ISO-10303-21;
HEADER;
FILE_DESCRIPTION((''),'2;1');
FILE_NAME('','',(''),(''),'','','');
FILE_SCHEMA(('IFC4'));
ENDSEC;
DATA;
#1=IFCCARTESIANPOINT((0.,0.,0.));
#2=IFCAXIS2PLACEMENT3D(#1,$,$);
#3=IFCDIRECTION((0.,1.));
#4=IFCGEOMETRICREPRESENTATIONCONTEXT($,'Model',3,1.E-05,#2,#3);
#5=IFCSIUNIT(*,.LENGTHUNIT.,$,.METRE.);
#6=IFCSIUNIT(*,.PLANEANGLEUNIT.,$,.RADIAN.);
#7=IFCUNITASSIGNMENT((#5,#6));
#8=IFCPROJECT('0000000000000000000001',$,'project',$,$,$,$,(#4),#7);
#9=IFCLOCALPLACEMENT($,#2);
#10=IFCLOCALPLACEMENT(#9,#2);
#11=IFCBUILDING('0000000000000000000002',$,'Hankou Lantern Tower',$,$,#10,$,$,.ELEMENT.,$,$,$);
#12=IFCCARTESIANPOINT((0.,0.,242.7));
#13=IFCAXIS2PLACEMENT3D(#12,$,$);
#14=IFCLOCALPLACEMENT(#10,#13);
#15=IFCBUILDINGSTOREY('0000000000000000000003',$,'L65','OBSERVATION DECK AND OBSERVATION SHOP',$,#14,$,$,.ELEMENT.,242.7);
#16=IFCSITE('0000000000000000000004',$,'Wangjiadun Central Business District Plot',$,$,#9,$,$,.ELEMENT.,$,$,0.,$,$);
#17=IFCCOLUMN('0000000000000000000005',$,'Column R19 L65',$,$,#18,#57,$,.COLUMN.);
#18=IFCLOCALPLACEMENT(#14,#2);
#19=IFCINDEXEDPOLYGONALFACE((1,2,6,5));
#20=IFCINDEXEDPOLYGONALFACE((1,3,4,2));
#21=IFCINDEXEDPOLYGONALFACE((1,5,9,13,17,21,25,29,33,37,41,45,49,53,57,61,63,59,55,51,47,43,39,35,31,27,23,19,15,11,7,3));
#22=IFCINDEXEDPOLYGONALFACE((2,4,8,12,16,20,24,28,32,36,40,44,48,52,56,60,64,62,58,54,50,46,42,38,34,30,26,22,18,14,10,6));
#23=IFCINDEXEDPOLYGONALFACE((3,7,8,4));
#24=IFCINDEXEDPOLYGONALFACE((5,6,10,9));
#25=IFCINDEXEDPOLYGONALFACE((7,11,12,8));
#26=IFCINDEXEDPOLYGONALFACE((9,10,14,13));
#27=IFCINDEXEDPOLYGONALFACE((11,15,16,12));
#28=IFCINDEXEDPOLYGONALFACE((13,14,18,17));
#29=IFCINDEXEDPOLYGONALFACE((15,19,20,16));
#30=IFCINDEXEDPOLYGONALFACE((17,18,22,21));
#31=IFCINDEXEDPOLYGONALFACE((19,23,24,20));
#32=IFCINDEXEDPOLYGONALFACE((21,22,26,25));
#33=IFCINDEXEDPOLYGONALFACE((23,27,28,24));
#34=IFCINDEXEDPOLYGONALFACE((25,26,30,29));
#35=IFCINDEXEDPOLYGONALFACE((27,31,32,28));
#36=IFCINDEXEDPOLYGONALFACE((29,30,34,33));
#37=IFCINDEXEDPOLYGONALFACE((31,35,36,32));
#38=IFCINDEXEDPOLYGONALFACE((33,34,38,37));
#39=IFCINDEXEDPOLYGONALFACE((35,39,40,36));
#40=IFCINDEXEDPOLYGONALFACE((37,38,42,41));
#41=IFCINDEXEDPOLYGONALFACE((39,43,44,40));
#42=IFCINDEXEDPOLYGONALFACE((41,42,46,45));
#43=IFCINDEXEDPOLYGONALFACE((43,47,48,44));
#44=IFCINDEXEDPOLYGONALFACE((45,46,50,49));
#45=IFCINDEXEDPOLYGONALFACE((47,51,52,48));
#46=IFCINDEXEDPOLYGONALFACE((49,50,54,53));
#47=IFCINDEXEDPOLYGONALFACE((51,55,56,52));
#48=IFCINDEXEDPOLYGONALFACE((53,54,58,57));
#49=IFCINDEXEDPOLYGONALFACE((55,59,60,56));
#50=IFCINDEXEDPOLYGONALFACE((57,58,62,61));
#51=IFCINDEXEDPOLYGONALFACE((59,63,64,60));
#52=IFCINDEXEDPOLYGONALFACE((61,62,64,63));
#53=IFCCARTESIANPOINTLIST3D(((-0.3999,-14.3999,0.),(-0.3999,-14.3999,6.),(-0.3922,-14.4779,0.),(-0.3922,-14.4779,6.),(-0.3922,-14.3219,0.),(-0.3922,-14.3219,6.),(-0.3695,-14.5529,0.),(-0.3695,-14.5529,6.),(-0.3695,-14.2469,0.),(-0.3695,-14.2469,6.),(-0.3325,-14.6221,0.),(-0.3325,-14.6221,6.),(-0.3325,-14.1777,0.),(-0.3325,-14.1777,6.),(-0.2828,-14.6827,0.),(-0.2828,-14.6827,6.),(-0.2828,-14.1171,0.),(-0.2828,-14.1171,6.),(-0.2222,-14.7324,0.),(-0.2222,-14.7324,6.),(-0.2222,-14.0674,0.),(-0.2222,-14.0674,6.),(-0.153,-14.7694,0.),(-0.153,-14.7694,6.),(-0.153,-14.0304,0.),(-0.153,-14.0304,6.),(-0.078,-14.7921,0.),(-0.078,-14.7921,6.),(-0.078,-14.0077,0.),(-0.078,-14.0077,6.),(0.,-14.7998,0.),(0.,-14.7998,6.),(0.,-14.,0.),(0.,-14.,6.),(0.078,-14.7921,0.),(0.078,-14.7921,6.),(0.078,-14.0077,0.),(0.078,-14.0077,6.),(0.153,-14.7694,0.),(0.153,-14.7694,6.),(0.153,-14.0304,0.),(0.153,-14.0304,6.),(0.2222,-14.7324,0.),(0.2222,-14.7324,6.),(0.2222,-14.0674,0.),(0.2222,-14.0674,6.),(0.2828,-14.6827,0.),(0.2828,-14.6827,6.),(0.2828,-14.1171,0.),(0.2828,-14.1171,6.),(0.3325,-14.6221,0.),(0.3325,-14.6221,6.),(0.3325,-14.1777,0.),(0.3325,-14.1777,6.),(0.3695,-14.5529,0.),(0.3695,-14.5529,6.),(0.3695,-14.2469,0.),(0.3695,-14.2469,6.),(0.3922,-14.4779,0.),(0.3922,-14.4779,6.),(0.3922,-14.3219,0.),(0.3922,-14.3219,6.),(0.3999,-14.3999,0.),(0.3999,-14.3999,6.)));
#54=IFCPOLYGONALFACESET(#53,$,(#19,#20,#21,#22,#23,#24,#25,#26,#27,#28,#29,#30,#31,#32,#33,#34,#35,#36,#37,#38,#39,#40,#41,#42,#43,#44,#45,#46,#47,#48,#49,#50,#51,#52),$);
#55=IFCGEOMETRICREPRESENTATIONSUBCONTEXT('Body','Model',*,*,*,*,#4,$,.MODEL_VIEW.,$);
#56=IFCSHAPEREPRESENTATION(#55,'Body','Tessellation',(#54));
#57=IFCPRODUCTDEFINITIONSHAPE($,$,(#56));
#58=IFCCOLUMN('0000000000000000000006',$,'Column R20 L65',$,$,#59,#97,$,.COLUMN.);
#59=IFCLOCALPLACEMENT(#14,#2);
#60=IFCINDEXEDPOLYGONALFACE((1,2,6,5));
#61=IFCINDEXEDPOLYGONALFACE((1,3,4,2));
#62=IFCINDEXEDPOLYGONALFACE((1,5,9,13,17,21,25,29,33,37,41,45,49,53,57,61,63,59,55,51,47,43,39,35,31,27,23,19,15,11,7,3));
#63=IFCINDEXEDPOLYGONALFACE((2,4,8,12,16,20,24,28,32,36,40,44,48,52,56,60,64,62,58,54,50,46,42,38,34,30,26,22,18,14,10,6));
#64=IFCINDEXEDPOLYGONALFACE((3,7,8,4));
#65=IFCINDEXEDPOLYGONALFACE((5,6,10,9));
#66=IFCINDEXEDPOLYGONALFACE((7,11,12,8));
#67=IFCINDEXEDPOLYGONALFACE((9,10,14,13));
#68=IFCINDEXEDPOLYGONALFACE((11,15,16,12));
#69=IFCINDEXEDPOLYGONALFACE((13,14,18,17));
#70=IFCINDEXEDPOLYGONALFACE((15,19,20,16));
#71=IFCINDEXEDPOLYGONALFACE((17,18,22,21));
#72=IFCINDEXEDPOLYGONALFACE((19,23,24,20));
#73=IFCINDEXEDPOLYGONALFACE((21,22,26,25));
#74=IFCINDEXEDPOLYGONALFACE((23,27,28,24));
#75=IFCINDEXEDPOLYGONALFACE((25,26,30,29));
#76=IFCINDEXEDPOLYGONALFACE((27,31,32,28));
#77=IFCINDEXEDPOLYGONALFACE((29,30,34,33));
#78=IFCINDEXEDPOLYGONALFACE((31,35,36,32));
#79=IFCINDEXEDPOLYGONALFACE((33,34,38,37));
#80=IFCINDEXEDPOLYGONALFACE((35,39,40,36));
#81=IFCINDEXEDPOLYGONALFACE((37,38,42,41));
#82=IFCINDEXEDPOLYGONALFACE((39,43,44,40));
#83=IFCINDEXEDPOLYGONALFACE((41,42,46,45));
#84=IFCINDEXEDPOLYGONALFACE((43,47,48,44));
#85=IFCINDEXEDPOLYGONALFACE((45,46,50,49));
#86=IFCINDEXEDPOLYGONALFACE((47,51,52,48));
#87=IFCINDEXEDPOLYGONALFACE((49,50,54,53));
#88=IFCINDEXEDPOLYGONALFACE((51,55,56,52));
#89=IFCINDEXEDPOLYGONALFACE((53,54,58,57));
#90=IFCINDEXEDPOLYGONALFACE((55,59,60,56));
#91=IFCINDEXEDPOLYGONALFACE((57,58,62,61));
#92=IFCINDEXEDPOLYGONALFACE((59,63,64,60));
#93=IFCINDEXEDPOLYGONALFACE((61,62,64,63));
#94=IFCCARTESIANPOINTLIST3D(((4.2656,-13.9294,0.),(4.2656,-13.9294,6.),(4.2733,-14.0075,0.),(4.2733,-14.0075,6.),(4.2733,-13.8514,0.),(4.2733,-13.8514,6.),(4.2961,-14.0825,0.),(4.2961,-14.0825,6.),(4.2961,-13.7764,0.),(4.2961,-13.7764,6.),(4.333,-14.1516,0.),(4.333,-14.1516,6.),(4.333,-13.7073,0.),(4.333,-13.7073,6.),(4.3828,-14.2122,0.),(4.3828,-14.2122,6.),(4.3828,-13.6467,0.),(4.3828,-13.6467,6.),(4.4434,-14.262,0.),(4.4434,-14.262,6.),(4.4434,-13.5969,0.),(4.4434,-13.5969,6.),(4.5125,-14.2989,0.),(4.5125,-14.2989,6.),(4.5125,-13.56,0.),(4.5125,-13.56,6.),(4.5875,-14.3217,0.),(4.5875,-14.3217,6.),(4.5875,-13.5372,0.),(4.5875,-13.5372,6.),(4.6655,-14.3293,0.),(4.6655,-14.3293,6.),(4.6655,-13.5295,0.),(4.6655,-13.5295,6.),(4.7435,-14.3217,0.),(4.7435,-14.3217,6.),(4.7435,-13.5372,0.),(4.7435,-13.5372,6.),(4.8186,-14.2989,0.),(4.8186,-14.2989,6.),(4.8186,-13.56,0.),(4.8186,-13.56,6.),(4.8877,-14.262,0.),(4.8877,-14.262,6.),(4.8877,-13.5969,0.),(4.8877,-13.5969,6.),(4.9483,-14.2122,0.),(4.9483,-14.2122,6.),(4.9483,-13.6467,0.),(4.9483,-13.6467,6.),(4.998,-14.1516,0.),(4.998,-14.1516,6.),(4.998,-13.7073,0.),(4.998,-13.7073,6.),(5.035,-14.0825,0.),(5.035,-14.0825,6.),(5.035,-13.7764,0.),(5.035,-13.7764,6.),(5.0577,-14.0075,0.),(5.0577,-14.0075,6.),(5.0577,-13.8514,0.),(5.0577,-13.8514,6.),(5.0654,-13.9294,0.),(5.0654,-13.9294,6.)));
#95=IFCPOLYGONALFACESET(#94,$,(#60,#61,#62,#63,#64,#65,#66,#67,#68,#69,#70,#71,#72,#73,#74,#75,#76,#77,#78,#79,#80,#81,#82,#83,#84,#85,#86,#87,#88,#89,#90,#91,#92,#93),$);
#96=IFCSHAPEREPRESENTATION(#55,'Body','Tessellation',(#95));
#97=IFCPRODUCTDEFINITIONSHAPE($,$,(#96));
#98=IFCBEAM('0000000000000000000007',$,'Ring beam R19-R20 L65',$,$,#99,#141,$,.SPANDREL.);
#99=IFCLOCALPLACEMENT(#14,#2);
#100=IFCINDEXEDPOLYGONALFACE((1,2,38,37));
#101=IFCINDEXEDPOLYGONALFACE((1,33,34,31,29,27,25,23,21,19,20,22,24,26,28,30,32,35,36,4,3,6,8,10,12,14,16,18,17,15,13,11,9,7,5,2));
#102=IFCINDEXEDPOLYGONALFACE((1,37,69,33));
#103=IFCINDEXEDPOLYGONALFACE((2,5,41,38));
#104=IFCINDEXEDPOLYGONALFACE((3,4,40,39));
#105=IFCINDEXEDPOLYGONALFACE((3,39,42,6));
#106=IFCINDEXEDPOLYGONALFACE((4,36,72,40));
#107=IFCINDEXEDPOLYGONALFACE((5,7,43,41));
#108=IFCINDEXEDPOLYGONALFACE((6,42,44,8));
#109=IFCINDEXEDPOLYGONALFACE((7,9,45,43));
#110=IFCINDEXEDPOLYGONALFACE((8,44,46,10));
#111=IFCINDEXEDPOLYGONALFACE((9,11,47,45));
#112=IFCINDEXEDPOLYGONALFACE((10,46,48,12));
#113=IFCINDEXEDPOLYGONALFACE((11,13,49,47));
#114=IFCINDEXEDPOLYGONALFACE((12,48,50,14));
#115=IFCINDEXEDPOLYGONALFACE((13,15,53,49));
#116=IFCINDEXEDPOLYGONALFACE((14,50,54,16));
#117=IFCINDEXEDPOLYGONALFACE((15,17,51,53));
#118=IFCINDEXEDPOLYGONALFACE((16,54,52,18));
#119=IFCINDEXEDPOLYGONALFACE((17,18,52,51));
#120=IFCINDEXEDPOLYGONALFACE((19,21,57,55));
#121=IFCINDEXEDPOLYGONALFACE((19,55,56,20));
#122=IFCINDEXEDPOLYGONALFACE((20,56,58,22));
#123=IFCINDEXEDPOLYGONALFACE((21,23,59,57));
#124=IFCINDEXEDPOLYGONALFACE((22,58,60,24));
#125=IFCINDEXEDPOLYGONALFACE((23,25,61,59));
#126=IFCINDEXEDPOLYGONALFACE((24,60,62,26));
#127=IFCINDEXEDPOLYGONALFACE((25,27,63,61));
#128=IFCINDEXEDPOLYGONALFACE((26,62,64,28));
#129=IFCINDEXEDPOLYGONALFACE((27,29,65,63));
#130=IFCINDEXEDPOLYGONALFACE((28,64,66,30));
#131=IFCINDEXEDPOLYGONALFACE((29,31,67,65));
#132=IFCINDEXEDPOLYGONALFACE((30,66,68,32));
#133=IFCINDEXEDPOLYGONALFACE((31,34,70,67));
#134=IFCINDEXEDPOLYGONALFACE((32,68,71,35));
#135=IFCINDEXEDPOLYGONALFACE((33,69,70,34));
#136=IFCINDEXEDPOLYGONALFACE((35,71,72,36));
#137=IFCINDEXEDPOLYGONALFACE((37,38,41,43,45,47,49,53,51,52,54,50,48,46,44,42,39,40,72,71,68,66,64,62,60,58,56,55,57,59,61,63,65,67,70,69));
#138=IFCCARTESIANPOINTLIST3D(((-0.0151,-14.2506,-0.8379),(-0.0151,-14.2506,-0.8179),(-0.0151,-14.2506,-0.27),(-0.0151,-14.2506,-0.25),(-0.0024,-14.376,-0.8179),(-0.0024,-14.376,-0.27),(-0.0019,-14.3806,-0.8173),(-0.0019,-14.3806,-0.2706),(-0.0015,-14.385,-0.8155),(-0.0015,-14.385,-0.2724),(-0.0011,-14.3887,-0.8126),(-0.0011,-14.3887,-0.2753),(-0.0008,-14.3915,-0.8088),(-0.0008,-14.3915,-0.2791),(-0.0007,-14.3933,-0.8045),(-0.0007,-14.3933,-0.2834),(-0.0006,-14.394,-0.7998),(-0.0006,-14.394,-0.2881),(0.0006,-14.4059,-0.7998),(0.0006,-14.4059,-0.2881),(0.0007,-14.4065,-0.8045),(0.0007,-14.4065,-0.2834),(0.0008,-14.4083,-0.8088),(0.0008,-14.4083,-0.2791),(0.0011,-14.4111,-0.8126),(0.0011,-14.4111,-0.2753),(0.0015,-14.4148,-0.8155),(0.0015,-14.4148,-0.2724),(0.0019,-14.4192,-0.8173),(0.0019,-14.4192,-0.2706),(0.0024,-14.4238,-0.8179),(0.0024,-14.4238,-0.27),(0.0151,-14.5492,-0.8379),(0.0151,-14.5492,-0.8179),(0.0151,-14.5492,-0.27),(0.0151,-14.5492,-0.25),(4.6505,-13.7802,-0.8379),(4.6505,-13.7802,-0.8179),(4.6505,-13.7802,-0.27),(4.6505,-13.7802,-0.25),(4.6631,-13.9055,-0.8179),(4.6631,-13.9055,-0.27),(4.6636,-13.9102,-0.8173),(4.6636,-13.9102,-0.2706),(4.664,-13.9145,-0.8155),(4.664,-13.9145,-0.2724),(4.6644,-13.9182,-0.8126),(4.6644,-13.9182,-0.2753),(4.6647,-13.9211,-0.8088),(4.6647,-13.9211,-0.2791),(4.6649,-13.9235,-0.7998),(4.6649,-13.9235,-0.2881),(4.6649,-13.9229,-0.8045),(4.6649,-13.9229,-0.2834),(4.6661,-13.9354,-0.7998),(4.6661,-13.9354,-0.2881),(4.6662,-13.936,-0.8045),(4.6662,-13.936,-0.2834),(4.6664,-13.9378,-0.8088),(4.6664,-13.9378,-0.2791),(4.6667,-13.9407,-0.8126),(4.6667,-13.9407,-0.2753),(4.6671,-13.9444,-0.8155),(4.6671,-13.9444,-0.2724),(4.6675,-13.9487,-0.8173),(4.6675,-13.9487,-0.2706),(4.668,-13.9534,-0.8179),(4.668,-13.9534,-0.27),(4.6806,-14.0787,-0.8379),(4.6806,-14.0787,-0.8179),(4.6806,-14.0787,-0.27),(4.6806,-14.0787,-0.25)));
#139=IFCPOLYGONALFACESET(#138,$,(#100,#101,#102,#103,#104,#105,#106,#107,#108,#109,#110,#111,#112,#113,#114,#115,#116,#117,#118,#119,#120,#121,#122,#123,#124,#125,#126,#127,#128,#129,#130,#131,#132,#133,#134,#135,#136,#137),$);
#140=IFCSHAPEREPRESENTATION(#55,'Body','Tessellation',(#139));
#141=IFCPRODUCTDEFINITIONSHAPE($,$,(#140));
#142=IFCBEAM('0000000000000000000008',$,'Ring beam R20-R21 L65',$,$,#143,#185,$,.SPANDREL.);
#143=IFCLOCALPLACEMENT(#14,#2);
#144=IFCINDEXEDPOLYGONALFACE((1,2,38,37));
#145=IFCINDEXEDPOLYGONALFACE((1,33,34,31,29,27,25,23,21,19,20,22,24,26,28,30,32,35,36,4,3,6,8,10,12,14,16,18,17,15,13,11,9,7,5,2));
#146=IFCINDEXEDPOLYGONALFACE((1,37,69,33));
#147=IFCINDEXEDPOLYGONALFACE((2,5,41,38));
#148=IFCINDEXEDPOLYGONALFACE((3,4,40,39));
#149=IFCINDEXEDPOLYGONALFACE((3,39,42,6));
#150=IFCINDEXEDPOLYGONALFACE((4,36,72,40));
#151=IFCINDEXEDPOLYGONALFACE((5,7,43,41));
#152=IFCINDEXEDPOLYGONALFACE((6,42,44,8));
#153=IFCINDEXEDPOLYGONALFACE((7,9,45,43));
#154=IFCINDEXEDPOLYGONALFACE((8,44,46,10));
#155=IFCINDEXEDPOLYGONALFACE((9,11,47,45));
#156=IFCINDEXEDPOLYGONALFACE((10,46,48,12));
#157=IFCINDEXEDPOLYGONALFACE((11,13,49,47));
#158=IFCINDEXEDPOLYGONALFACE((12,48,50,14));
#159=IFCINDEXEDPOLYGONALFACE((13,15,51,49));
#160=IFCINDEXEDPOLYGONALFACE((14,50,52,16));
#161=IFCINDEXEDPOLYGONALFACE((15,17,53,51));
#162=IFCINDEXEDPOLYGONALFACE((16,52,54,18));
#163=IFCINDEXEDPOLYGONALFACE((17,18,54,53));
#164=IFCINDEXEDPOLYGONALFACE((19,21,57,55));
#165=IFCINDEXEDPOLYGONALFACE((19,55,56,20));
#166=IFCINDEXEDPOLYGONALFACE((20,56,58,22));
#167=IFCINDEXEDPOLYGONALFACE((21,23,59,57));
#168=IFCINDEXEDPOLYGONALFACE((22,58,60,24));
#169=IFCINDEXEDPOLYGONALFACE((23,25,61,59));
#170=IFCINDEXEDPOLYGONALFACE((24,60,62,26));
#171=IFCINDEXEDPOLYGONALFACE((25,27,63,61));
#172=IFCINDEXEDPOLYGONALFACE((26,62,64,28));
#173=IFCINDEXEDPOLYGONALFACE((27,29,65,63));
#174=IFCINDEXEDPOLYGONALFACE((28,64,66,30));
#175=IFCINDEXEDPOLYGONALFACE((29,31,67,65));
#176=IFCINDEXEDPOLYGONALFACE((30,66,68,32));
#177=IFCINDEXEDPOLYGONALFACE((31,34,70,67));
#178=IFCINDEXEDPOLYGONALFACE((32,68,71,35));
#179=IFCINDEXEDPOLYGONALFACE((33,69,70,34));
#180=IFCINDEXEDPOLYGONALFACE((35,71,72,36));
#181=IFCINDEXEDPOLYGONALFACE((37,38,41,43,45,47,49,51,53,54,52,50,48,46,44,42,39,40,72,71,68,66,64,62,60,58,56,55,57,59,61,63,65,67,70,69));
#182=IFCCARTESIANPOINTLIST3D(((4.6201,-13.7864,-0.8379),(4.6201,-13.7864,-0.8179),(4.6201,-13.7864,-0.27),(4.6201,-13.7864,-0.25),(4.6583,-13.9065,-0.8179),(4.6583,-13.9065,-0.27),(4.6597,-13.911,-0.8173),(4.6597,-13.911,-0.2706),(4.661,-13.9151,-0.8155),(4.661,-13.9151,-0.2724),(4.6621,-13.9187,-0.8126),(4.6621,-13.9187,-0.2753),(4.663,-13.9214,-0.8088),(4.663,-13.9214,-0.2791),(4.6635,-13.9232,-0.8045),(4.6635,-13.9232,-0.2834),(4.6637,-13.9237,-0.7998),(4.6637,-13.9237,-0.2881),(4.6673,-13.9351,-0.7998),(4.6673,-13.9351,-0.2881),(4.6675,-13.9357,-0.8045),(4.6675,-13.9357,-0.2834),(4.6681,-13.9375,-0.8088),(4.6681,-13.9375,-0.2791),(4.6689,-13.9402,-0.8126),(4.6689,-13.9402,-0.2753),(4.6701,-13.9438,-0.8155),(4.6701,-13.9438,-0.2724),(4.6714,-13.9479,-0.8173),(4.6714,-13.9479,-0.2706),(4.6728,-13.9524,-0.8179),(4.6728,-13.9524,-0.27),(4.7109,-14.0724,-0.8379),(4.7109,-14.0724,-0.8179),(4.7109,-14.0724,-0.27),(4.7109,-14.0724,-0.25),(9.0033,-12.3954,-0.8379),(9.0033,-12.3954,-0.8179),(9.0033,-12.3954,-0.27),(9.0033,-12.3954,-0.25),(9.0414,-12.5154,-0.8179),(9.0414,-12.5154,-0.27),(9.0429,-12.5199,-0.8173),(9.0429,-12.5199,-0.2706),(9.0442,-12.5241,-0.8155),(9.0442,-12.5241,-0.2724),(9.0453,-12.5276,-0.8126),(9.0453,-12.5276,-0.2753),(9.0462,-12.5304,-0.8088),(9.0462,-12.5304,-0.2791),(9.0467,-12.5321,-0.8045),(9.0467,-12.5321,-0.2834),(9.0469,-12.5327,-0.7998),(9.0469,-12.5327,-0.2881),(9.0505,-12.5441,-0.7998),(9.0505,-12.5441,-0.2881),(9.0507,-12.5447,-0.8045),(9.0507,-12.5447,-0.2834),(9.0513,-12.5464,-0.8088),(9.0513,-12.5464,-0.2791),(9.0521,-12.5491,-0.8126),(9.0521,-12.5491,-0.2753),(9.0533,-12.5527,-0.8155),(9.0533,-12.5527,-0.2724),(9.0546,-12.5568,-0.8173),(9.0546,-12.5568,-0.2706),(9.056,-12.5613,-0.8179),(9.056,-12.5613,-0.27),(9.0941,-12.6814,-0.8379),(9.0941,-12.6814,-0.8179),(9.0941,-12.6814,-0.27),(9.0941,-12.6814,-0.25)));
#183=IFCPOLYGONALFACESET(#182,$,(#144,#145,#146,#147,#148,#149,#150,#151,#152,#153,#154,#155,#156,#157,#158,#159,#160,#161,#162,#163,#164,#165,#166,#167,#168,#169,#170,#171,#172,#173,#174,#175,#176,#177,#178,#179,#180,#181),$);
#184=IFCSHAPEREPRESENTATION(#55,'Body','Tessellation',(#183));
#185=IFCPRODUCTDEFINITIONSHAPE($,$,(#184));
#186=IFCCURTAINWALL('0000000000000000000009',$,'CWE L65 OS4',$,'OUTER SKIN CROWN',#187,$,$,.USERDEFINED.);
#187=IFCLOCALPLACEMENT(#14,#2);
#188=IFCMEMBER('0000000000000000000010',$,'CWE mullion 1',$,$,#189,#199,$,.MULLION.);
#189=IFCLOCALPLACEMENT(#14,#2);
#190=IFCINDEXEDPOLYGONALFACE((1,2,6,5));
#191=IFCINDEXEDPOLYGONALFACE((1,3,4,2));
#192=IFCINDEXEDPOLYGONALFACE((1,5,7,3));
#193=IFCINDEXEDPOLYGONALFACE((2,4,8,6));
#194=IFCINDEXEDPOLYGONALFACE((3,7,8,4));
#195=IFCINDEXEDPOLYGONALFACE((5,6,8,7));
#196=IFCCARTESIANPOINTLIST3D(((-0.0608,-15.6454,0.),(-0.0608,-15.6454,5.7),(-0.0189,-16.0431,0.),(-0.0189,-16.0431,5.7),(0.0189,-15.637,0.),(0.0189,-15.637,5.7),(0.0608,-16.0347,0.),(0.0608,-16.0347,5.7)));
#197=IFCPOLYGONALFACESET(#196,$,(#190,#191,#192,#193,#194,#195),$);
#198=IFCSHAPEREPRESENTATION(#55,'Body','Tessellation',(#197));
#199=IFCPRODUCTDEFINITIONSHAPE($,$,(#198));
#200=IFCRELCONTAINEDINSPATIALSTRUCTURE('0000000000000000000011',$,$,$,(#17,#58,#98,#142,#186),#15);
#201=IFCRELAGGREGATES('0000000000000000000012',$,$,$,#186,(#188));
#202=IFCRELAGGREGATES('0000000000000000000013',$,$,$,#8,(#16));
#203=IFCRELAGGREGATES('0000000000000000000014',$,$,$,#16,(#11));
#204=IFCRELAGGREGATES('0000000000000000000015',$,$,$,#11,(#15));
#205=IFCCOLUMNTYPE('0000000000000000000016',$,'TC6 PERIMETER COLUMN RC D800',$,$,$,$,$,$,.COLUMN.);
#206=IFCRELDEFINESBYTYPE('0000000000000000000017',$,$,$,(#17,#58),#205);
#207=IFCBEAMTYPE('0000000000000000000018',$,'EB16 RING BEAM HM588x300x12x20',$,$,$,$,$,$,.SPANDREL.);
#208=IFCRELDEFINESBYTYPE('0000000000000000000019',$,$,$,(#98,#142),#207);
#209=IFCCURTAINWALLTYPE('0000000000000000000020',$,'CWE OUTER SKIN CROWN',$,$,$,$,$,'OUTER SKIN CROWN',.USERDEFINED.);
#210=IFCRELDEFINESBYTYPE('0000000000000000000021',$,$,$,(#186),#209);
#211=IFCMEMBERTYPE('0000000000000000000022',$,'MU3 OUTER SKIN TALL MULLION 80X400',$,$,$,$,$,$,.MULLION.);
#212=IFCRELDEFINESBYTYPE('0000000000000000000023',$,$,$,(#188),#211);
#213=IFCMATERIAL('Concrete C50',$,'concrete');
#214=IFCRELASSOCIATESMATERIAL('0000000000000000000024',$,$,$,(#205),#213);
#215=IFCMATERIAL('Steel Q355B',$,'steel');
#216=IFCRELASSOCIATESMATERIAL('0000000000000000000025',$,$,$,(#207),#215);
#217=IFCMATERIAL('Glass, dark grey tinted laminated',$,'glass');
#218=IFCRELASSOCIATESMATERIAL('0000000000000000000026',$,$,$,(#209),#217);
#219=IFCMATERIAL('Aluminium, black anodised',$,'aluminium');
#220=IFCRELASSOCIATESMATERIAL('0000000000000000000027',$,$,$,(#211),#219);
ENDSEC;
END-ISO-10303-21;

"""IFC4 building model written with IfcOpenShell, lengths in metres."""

from ifc_helpers import new_model, si_unit, direction, frame, origin, origin_2d, place, context, subcontext, project, spatial, rectangle, circle, i_section, extrude, material, material_profile, profile_set, type_object, element, aggregate, save


model = new_model("IFC4")

# Units and contexts
model_context = context("Model", 3, precision=1e-05, world=origin(), true_north=direction((0.0, 1.0)))
body_context = subcontext(model_context, "Body", "Model", "MODEL_VIEW")
ifc_project = project(units=[si_unit("LENGTHUNIT", "METRE"), si_unit("PLANEANGLEUNIT", "RADIAN")], contexts=[model_context])

# Site, building, storey
site_placement = place(None, origin())
site = spatial("IfcSite", under=ifc_project, at=site_placement, Name="Wangjiadun Central Business District Plot", CompositionType="ELEMENT", RefElevation=0.0)
building_placement = place(site_placement, origin())
building = spatial("IfcBuilding", under=site, at=building_placement, Name="Hankou Lantern Tower", CompositionType="ELEMENT")
storey_placement = place(building_placement, frame((0.0, 0.0, 242.7)))
storey = spatial("IfcBuildingStorey", under=building, at=storey_placement, Name="L65", Description="OBSERVATION DECK AND OBSERVATION SHOP", CompositionType="ELEMENT", Elevation=242.7)

# Columns
ifc_material_1 = material(Name="Concrete C50", Category="concrete")
ifc_material_profile_1 = material_profile(ifc_material_1, circle(Radius=0.3999, at=origin_2d()), Name="RC D800")
ifc_profile_set_1 = profile_set([ifc_material_profile_1], Name="Concrete C50")
column_type = type_object("IfcColumnType", Name="TC6 PERIMETER COLUMN RC D800", PredefinedType="COLUMN", material=ifc_profile_set_1)
for number, where, z_axis, x_axis, name in (
    (1, (0.0, -14.3999, 0.0), (0.0, 0.0, 1.0), (1.0, 0.0, 0.0), "Column R19 L65"),
    (2, (4.6655, -13.9294, 0.0), (0.0, 0.0, 1.0), (1.0, 0.0, 0.0), "Column R20 L65"),
):
    element("IfcColumn", number, at=place(storey_placement, frame(where, z_axis=z_axis, x_axis=x_axis)), inside=storey, type_object=column_type, Name=name, PredefinedType="COLUMN", context=body_context, shape_type="SweptSolid", body=[
        extrude(circle(Radius=0.3999, at=origin_2d()), origin(), (0.0, 0.0, 1.0), 6.0),
    ])

# Beams
ifc_material_2 = material(Name="Steel Q355B", Category="steel")
ifc_material_profile_2 = material_profile(ifc_material_2, i_section(OverallWidth=0.3, OverallDepth=0.5879, WebThickness=0.012, FlangeThickness=0.02, FilletRadius=0.0181, at=origin_2d()), Name="HM588x300x12x20")
ifc_profile_set_2 = profile_set([ifc_material_profile_2], Name="Steel Q355B")
beam_type_1 = type_object("IfcBeamType", Name="EB16 RING BEAM HM588x300x12x20", PredefinedType="SPANDREL", material=ifc_profile_set_2)
beam_1_placement = place(storey_placement, frame((0.0, -14.3999, -0.5439), z_axis=(0.994954, 0.100328, 0.0), x_axis=(-0.100328, 0.994954, 0.0)))
element("IfcBeam", 3, at=beam_1_placement, inside=storey, type_object=beam_type_1, Name="Ring beam R19-R20 L65", PredefinedType="SPANDREL", context=body_context, shape_type="SweptSolid", body=[
    extrude(i_section(OverallWidth=0.3, OverallDepth=0.5879, WebThickness=0.012, FlangeThickness=0.02, FilletRadius=0.0181, at=origin_2d()), origin(), (0.0, 0.0, 1.0), 4.6892),
])
beam_2_placement = place(storey_placement, frame((4.6655, -13.9294, -0.5439), z_axis=(0.95315, 0.302498, 0.0), x_axis=(-0.302498, 0.95315, 0.0)))
element("IfcBeam", 4, at=beam_2_placement, inside=storey, type_object=beam_type_1, Name="Ring beam R20-R21 L65", PredefinedType="SPANDREL", context=body_context, shape_type="SweptSolid", body=[
    extrude(i_section(OverallWidth=0.3, OverallDepth=0.5879, WebThickness=0.012, FlangeThickness=0.02, FilletRadius=0.0181, at=origin_2d()), origin(), (0.0, 0.0, 1.0), 4.5986),
])

# Curtain wall, member
ifc_material_3 = material(Name="Glass, dark grey tinted laminated", Category="glass")
curtain_wall_type = type_object("IfcCurtainWallType", Name="CWE OUTER SKIN CROWN", ElementType="OUTER SKIN CROWN", PredefinedType="USERDEFINED", material=ifc_material_3)
curtain_wall_1_placement = place(storey_placement, origin())
curtain_wall_1 = element("IfcCurtainWall", 5, at=curtain_wall_1_placement, inside=storey, type_object=curtain_wall_type, Name="CWE L65 OS4", ObjectType="OUTER SKIN CROWN", PredefinedType="USERDEFINED")
ifc_material_4 = material(Name="Aluminium, black anodised", Category="aluminium")
ifc_material_profile_3 = material_profile(ifc_material_4, rectangle(XDim=0.0801, YDim=0.3999, at=origin_2d()), Name="MU3 80X400")
ifc_profile_set_3 = profile_set([ifc_material_profile_3], Name="Aluminium, black anodised")
member_type_1 = type_object("IfcMemberType", Name="MU3 OUTER SKIN TALL MULLION 80X400", PredefinedType="MULLION", material=ifc_profile_set_3)
member_1_placement = place(storey_placement, frame((0.0, -15.8401, 0.0), z_axis=(0.0, 0.0, 1.0), x_axis=(0.994499, 0.104743, 0.0)))
member_1 = element("IfcMember", 6, at=member_1_placement, type_object=member_type_1, Name="CWE mullion 1", PredefinedType="MULLION", context=body_context, shape_type="SweptSolid", body=[
    extrude(rectangle(XDim=0.0801, YDim=0.3999, at=origin_2d()), origin(), (0.0, 0.0, 1.0), 5.7),
])

aggregate(curtain_wall_1, [member_1])

save(model, "model.ifc")
